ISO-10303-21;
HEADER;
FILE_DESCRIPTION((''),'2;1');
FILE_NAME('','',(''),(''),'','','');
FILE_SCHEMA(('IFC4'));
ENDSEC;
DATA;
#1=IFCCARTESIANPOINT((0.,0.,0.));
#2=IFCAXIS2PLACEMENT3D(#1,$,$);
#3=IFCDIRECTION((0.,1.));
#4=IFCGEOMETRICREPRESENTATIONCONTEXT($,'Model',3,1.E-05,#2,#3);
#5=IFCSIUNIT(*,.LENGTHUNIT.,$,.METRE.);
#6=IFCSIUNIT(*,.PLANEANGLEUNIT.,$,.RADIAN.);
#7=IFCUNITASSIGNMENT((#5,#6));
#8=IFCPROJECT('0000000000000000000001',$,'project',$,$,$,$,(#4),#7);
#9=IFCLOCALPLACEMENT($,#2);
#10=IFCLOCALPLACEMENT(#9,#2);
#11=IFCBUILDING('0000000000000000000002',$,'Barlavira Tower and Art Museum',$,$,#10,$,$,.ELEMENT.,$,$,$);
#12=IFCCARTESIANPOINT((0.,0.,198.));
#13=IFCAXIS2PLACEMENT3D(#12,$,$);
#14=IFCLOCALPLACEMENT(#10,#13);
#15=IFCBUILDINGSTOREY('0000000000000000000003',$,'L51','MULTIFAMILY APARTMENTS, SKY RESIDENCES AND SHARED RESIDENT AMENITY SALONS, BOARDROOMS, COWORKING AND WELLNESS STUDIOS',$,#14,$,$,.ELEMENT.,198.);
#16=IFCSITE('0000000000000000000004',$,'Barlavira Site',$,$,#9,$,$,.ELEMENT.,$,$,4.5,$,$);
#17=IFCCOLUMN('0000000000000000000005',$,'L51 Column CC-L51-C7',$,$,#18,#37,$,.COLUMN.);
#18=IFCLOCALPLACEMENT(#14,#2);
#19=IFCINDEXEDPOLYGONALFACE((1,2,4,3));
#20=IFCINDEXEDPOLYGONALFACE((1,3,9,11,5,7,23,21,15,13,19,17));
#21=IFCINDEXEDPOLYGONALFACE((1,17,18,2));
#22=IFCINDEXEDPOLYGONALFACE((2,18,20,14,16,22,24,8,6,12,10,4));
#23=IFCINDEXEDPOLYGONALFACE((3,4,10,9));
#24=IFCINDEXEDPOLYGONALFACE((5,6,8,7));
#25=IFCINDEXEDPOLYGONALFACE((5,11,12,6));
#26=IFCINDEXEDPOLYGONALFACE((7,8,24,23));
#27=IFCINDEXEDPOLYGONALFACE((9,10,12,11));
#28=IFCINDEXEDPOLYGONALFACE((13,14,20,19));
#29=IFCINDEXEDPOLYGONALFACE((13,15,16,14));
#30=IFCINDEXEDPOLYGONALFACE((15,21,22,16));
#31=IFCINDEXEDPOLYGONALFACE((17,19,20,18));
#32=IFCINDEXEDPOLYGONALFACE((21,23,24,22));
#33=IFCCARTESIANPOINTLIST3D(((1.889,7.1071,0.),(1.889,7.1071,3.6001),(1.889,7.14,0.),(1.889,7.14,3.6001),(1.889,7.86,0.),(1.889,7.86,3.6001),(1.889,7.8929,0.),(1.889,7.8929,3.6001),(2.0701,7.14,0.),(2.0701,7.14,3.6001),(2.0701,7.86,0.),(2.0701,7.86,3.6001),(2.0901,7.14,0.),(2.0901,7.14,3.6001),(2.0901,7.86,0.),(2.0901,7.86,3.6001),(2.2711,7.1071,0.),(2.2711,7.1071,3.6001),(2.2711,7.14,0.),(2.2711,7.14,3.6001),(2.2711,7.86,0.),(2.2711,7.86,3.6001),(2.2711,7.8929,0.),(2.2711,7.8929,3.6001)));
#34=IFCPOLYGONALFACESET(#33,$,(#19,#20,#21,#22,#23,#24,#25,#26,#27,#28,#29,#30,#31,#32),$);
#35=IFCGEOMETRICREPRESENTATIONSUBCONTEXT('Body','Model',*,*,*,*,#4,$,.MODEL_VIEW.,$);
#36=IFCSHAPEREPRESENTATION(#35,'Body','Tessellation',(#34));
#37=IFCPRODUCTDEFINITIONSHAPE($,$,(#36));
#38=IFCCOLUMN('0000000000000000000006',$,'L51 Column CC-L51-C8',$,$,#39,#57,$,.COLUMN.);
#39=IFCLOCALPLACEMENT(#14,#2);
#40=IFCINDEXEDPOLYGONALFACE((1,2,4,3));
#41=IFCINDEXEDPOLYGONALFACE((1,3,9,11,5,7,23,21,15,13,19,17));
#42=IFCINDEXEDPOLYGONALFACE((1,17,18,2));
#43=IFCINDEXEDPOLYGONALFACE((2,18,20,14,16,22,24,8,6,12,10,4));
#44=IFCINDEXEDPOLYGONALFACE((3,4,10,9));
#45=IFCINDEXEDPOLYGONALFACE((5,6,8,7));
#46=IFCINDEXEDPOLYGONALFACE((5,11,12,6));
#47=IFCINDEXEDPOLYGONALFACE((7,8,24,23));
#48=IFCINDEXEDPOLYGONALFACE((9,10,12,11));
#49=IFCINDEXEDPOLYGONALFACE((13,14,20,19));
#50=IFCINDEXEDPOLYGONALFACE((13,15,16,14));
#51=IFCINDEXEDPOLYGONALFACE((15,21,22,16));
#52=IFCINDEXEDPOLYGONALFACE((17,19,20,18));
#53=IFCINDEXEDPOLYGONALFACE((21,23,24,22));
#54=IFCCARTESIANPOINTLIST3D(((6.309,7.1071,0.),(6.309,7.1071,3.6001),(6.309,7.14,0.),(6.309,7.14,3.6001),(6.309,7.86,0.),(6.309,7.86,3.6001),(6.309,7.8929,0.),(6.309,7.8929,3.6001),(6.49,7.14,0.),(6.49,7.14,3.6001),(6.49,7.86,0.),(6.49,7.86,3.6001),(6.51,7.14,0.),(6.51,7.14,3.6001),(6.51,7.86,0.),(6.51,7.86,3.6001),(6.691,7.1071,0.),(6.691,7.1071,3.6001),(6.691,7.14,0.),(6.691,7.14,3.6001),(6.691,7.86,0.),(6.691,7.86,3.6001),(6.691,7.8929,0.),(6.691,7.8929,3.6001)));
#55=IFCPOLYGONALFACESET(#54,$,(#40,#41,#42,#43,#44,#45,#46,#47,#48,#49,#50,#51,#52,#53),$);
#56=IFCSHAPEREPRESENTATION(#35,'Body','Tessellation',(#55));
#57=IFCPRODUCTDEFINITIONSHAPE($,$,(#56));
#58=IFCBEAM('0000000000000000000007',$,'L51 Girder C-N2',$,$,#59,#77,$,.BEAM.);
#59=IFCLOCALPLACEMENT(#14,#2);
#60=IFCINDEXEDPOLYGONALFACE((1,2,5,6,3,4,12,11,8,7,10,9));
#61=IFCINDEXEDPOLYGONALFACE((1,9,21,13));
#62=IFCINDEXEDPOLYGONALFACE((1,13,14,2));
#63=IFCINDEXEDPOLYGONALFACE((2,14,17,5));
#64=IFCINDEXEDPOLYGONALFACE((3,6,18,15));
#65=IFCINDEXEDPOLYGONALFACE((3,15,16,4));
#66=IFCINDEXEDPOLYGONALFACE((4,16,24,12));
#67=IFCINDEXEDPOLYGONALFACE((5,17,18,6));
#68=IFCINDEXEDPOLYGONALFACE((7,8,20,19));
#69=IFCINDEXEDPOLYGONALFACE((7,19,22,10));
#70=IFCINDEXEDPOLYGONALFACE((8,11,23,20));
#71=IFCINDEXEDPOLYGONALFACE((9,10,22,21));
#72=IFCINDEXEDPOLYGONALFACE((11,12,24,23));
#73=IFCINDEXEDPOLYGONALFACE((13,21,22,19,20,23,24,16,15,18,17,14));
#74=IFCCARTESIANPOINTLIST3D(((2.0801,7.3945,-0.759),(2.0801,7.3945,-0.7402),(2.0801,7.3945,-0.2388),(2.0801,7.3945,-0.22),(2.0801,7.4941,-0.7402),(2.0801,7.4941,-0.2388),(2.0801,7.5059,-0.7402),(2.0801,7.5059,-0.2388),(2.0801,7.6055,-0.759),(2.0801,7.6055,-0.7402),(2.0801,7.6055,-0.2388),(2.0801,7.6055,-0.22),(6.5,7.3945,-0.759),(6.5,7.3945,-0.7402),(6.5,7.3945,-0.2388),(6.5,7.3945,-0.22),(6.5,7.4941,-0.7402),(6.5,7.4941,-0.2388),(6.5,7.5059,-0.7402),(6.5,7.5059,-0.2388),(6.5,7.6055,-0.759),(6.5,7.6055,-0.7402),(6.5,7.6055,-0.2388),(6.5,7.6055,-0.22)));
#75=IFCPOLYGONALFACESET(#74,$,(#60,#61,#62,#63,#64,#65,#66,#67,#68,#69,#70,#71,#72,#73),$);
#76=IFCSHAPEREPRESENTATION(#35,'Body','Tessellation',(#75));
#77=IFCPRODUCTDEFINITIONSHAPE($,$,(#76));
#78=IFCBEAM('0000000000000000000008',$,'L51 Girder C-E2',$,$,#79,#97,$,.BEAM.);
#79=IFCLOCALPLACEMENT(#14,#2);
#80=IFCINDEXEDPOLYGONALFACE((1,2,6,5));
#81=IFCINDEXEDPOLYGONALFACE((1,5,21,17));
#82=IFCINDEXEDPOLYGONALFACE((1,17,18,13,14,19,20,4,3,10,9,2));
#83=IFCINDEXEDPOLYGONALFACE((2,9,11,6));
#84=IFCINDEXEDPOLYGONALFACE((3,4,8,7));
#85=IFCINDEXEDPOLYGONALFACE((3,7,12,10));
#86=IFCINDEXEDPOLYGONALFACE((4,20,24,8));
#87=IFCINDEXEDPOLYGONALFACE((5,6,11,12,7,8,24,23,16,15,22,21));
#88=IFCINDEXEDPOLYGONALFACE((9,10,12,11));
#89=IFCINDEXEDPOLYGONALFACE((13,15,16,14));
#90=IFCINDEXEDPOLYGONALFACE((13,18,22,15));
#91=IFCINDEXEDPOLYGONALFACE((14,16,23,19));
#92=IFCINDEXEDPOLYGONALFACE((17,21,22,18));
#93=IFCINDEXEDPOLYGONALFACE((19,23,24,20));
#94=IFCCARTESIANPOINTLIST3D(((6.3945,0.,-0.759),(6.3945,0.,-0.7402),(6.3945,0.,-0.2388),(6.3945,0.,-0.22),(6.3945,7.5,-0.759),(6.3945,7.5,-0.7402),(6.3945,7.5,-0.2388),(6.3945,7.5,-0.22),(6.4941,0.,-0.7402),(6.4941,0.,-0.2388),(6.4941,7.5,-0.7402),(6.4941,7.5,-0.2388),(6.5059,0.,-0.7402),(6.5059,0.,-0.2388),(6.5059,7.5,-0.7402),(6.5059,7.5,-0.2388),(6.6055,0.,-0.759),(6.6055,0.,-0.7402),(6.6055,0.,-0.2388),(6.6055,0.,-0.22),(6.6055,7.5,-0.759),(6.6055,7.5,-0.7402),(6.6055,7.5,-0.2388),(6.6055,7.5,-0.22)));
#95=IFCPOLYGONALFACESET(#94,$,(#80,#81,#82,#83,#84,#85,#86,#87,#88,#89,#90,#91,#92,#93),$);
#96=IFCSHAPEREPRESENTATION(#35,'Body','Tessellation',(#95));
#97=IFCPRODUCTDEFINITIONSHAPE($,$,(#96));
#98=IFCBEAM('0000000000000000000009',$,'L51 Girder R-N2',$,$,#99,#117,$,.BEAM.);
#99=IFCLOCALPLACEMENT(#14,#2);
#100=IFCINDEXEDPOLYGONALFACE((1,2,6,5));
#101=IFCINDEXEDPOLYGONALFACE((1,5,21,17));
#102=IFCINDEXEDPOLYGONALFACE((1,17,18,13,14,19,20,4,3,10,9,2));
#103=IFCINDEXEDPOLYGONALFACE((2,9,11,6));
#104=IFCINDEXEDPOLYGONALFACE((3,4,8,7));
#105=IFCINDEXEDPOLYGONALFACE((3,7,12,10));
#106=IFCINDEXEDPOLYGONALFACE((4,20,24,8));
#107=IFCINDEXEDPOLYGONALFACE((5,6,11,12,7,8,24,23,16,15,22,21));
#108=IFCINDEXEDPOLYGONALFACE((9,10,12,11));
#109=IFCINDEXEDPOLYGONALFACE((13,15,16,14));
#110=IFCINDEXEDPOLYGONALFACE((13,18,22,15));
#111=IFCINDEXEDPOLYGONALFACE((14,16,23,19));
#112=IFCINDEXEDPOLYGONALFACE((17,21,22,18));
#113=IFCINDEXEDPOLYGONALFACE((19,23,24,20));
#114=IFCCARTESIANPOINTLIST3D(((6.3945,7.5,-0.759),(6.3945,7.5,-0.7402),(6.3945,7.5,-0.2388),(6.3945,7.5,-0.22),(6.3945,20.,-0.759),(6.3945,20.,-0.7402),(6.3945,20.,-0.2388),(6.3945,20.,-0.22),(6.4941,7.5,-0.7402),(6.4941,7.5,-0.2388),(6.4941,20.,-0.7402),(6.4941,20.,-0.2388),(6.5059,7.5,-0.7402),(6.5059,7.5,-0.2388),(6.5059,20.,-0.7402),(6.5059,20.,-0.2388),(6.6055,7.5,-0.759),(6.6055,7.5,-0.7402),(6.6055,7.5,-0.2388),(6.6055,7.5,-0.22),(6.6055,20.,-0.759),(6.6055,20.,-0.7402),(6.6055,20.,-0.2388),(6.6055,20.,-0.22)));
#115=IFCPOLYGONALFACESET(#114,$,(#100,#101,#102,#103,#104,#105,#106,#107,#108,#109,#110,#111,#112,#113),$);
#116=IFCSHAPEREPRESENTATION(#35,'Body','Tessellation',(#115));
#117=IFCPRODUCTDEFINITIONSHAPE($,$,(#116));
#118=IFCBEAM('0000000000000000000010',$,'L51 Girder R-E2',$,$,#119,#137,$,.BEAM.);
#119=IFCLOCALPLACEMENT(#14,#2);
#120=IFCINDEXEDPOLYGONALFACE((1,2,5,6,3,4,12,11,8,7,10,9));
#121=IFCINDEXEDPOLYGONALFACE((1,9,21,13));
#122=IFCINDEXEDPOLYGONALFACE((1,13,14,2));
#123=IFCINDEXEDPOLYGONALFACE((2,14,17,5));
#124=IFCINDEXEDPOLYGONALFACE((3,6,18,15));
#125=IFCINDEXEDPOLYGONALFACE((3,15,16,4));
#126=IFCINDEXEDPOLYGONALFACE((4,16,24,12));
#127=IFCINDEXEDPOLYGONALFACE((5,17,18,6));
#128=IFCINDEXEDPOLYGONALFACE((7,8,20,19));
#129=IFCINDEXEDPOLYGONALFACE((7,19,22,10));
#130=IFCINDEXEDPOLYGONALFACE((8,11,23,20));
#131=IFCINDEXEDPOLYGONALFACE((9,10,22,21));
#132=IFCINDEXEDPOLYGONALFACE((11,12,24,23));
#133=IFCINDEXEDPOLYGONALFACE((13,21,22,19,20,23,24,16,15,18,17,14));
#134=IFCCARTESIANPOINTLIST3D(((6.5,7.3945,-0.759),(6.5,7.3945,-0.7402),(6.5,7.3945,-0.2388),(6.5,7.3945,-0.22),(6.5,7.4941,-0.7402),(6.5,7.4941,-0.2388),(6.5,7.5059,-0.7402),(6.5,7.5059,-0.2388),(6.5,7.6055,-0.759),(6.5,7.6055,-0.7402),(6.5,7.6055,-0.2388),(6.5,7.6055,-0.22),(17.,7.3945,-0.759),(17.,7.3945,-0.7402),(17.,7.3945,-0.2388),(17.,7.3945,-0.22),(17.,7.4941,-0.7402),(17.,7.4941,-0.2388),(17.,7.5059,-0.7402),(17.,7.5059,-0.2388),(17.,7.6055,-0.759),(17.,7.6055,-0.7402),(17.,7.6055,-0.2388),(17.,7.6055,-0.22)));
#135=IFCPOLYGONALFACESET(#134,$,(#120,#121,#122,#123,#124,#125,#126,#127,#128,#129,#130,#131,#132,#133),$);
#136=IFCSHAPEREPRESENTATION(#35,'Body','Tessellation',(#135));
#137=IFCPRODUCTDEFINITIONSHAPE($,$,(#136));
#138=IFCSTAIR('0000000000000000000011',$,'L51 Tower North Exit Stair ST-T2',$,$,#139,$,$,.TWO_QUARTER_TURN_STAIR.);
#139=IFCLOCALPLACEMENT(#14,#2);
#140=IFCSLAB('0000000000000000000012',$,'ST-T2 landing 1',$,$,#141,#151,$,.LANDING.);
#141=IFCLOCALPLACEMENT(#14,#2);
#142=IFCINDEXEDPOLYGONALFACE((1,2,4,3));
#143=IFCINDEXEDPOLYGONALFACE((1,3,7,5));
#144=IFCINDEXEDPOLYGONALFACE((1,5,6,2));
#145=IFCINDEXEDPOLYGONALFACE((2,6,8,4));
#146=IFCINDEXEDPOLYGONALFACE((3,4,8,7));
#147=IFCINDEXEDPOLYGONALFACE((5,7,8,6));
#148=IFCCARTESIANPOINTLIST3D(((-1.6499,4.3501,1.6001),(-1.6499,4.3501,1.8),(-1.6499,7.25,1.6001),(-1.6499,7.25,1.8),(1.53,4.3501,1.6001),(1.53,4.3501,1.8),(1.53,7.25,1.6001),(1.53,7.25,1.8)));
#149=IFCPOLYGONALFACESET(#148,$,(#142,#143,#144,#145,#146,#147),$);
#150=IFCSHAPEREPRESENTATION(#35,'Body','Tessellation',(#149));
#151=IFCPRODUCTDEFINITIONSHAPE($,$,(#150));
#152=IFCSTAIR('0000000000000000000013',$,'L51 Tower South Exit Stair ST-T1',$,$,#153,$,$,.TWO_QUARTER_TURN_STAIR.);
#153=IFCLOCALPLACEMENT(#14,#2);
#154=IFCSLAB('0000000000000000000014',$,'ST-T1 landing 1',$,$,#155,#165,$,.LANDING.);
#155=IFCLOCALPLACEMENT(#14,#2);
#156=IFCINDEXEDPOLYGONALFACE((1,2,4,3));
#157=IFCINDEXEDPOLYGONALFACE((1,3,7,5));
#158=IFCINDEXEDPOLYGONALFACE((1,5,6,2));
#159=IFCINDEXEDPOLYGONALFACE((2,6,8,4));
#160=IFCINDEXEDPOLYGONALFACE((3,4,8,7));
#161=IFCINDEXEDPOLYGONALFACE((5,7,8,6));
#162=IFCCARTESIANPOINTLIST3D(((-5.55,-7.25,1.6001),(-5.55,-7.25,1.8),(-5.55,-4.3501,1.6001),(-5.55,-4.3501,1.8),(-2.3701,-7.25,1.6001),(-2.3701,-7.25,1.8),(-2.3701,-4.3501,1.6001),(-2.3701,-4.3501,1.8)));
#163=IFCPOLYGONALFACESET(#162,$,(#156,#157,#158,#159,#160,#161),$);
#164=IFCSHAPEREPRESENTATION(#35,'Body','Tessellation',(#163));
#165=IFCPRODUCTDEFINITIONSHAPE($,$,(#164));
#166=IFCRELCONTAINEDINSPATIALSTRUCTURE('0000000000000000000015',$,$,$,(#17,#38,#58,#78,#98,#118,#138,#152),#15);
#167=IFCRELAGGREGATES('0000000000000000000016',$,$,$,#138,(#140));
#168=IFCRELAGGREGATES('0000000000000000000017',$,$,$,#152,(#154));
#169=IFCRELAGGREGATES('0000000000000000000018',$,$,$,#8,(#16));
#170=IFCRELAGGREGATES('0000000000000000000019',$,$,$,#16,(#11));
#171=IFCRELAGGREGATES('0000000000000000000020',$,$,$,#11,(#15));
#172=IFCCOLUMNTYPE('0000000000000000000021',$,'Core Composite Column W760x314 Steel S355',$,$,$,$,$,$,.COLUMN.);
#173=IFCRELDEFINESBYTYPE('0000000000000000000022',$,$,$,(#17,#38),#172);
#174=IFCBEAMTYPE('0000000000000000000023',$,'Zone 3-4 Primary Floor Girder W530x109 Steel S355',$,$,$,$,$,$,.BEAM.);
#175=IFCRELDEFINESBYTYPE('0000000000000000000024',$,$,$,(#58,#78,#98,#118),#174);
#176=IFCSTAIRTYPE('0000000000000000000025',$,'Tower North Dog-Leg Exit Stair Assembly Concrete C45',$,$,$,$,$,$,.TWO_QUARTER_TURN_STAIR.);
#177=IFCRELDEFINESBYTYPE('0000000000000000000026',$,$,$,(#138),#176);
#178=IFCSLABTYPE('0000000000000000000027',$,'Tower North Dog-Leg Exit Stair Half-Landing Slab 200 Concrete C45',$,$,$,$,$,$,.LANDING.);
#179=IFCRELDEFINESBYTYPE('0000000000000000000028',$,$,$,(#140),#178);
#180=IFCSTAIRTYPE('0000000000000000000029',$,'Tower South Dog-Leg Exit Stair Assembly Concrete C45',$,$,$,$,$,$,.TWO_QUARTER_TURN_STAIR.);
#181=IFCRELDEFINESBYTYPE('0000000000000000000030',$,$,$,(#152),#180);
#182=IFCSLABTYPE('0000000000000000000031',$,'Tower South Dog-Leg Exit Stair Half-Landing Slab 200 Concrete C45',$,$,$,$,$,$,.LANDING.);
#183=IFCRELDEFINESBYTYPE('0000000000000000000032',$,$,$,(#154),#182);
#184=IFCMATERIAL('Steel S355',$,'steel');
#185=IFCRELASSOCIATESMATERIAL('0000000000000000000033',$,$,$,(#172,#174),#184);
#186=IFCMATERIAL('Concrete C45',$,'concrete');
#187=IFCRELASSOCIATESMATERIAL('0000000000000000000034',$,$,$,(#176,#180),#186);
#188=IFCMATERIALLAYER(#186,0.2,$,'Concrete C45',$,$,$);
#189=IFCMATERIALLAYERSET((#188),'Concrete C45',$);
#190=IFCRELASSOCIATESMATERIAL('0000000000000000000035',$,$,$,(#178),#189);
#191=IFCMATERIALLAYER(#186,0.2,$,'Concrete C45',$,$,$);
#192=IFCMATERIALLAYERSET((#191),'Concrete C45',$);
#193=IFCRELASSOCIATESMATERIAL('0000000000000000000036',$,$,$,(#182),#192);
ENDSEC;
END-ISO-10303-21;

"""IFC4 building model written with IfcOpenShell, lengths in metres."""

from ifc_helpers import new_model, si_unit, direction, frame, origin, origin_2d, place, context, subcontext, project, spatial, polyline, i_section, outline, extrude, material, layer, layer_set, material_profile, profile_set, type_object, element, aggregate, save


model = new_model("IFC4")

# Units and contexts
model_context = context("Model", 3, precision=1e-05, world=origin(), true_north=direction((0.0, 1.0)))
body_context = subcontext(model_context, "Body", "Model", "MODEL_VIEW")
ifc_project = project(units=[si_unit("LENGTHUNIT", "METRE"), si_unit("PLANEANGLEUNIT", "RADIAN")], contexts=[model_context])

# Site, building, storey
site_placement = place(None, origin())
site = spatial("IfcSite", under=ifc_project, at=site_placement, Name="Barlavira Site", CompositionType="ELEMENT", RefElevation=4.5)
building_placement = place(site_placement, origin())
building = spatial("IfcBuilding", under=site, at=building_placement, Name="Barlavira Tower and Art Museum", CompositionType="ELEMENT")
storey_placement = place(building_placement, frame((0.0, 0.0, 198.0)))
storey = spatial("IfcBuildingStorey", under=building, at=storey_placement, Name="L51", Description="MULTIFAMILY APARTMENTS, SKY RESIDENCES AND SHARED RESIDENT AMENITY SALONS, BOARDROOMS, COWORKING AND WELLNESS STUDIOS", CompositionType="ELEMENT", Elevation=198.0)

# Columns
ifc_material_1 = material(Name="Steel S355", Category="steel")
ifc_material_profile_1 = material_profile(ifc_material_1, i_section(OverallWidth=0.3821, OverallDepth=0.7859, WebThickness=0.02, FlangeThickness=0.033, at=origin_2d()), Name="W760x314.0")
ifc_profile_set_1 = profile_set([ifc_material_profile_1], Name="Steel S355")
column_type = type_object("IfcColumnType", Name="Core Composite Column W760x314 Steel S355", PredefinedType="COLUMN", material=ifc_profile_set_1)
for number, where, z_axis, x_axis, name in (
    (1, (2.0801, 7.5, 0.0), (0.0, 0.0, 1.0), (1.0, 0.0, 0.0), "L51 Column CC-L51-C7"),
    (2, (6.5, 7.5, 0.0), (0.0, 0.0, 1.0), (1.0, 0.0, 0.0), "L51 Column CC-L51-C8"),
):
    element("IfcColumn", number, at=place(storey_placement, frame(where, z_axis=z_axis, x_axis=x_axis)), inside=storey, type_object=column_type, Name=name, PredefinedType="COLUMN", context=body_context, shape_type="SweptSolid", body=[
        extrude(i_section(OverallWidth=0.3821, OverallDepth=0.7859, WebThickness=0.02, FlangeThickness=0.033, at=origin_2d()), origin(), (0.0, 0.0, 1.0), 3.6001),
    ])

# Beams
ifc_material_profile_2 = material_profile(ifc_material_1, i_section(OverallWidth=0.2109, OverallDepth=0.5391, WebThickness=0.0117, FlangeThickness=0.0188, at=origin_2d()), Name="W530x109.0")
ifc_profile_set_2 = profile_set([ifc_material_profile_2], Name="Steel S355")
beam_type = type_object("IfcBeamType", Name="Zone 3-4 Primary Floor Girder W530x109 Steel S355", PredefinedType="BEAM", material=ifc_profile_set_2)
beam_1_placement = place(storey_placement, frame((2.0801, 7.5, -0.4895), z_axis=(1.0, 0.0, 0.0), x_axis=(0.0, 1.0, 0.0)))
element("IfcBeam", 3, at=beam_1_placement, inside=storey, type_object=beam_type, Name="L51 Girder C-N2", PredefinedType="BEAM", context=body_context, shape_type="SweptSolid", body=[
    extrude(i_section(OverallWidth=0.2109, OverallDepth=0.5391, WebThickness=0.0117, FlangeThickness=0.0188, at=origin_2d()), origin(), (0.0, 0.0, 1.0), 4.4199),
])
beam_2_placement = place(storey_placement, frame((6.5, 0.0, -0.4895), z_axis=(0.0, 1.0, 0.0), x_axis=(-1.0, 0.0, 0.0)))
element("IfcBeam", 4, at=beam_2_placement, inside=storey, type_object=beam_type, Name="L51 Girder C-E2", PredefinedType="BEAM", context=body_context, shape_type="SweptSolid", body=[
    extrude(i_section(OverallWidth=0.2109, OverallDepth=0.5391, WebThickness=0.0117, FlangeThickness=0.0188, at=origin_2d()), origin(), (0.0, 0.0, 1.0), 7.5),
])
beam_3_placement = place(storey_placement, frame((6.5, 7.5, -0.4895), z_axis=(0.0, 1.0, 0.0), x_axis=(-1.0, 0.0, 0.0)))
element("IfcBeam", 5, at=beam_3_placement, inside=storey, type_object=beam_type, Name="L51 Girder R-N2", PredefinedType="BEAM", context=body_context, shape_type="SweptSolid", body=[
    extrude(i_section(OverallWidth=0.2109, OverallDepth=0.5391, WebThickness=0.0117, FlangeThickness=0.0188, at=origin_2d()), origin(), (0.0, 0.0, 1.0), 12.5),
])
beam_4_placement = place(storey_placement, frame((6.5, 7.5, -0.4895), z_axis=(1.0, 0.0, 0.0), x_axis=(0.0, 1.0, 0.0)))
element("IfcBeam", 6, at=beam_4_placement, inside=storey, type_object=beam_type, Name="L51 Girder R-E2", PredefinedType="BEAM", context=body_context, shape_type="SweptSolid", body=[
    extrude(i_section(OverallWidth=0.2109, OverallDepth=0.5391, WebThickness=0.0117, FlangeThickness=0.0188, at=origin_2d()), origin(), (0.0, 0.0, 1.0), 10.5),
])

# Stairs, slabs
ifc_material_2 = material(Name="Concrete C45", Category="concrete")
stair_type_1 = type_object("IfcStairType", Name="Tower North Dog-Leg Exit Stair Assembly Concrete C45", PredefinedType="TWO_QUARTER_TURN_STAIR", material=ifc_material_2)
stair_1_placement = place(storey_placement, origin())
stair_1 = element("IfcStair", 7, at=stair_1_placement, inside=storey, type_object=stair_type_1, Name="L51 Tower North Exit Stair ST-T2", PredefinedType="TWO_QUARTER_TURN_STAIR")
ifc_layer_1 = layer(ifc_material_2, 0.2, Name="Concrete C45")
ifc_layer_set_1 = layer_set([ifc_layer_1], Name="Concrete C45")
slab_type_1 = type_object("IfcSlabType", Name="Tower North Dog-Leg Exit Stair Half-Landing Slab 200 Concrete C45", PredefinedType="LANDING", material=ifc_layer_set_1)
slab_1_placement = place(storey_placement, frame((0.0, 0.0, 1.6001)))
slab_1 = element("IfcSlab", 8, at=slab_1_placement, type_object=slab_type_1, Name="ST-T2 landing 1", PredefinedType="LANDING", context=body_context, shape_type="SweptSolid", body=[
    extrude(outline(polyline([(-1.6499, 4.3501), (1.53, 4.3501), (1.53, 7.25), (-1.6499, 7.25), (-1.6499, 4.3501)])), origin(), (0.0, 0.0, 1.0), 0.2),
])
aggregate(stair_1, [slab_1])
stair_type_2 = type_object("IfcStairType", Name="Tower South Dog-Leg Exit Stair Assembly Concrete C45", PredefinedType="TWO_QUARTER_TURN_STAIR", material=ifc_material_2)
stair_2_placement = place(storey_placement, origin())
stair_2 = element("IfcStair", 9, at=stair_2_placement, inside=storey, type_object=stair_type_2, Name="L51 Tower South Exit Stair ST-T1", PredefinedType="TWO_QUARTER_TURN_STAIR")
ifc_layer_2 = layer(ifc_material_2, 0.2, Name="Concrete C45")
ifc_layer_set_2 = layer_set([ifc_layer_2], Name="Concrete C45")
slab_type_2 = type_object("IfcSlabType", Name="Tower South Dog-Leg Exit Stair Half-Landing Slab 200 Concrete C45", PredefinedType="LANDING", material=ifc_layer_set_2)
slab_2_placement = place(storey_placement, frame((0.0, 0.0, 1.6001)))
slab_2 = element("IfcSlab", 10, at=slab_2_placement, type_object=slab_type_2, Name="ST-T1 landing 1", PredefinedType="LANDING", context=body_context, shape_type="SweptSolid", body=[
    extrude(outline(polyline([(-2.3701, -4.3501), (-5.55, -4.3501), (-5.55, -7.25), (-2.3701, -7.25), (-2.3701, -4.3501)])), origin(), (0.0, 0.0, 1.0), 0.2),
])
aggregate(stair_2, [slab_2])

save(model, "model.ifc")
